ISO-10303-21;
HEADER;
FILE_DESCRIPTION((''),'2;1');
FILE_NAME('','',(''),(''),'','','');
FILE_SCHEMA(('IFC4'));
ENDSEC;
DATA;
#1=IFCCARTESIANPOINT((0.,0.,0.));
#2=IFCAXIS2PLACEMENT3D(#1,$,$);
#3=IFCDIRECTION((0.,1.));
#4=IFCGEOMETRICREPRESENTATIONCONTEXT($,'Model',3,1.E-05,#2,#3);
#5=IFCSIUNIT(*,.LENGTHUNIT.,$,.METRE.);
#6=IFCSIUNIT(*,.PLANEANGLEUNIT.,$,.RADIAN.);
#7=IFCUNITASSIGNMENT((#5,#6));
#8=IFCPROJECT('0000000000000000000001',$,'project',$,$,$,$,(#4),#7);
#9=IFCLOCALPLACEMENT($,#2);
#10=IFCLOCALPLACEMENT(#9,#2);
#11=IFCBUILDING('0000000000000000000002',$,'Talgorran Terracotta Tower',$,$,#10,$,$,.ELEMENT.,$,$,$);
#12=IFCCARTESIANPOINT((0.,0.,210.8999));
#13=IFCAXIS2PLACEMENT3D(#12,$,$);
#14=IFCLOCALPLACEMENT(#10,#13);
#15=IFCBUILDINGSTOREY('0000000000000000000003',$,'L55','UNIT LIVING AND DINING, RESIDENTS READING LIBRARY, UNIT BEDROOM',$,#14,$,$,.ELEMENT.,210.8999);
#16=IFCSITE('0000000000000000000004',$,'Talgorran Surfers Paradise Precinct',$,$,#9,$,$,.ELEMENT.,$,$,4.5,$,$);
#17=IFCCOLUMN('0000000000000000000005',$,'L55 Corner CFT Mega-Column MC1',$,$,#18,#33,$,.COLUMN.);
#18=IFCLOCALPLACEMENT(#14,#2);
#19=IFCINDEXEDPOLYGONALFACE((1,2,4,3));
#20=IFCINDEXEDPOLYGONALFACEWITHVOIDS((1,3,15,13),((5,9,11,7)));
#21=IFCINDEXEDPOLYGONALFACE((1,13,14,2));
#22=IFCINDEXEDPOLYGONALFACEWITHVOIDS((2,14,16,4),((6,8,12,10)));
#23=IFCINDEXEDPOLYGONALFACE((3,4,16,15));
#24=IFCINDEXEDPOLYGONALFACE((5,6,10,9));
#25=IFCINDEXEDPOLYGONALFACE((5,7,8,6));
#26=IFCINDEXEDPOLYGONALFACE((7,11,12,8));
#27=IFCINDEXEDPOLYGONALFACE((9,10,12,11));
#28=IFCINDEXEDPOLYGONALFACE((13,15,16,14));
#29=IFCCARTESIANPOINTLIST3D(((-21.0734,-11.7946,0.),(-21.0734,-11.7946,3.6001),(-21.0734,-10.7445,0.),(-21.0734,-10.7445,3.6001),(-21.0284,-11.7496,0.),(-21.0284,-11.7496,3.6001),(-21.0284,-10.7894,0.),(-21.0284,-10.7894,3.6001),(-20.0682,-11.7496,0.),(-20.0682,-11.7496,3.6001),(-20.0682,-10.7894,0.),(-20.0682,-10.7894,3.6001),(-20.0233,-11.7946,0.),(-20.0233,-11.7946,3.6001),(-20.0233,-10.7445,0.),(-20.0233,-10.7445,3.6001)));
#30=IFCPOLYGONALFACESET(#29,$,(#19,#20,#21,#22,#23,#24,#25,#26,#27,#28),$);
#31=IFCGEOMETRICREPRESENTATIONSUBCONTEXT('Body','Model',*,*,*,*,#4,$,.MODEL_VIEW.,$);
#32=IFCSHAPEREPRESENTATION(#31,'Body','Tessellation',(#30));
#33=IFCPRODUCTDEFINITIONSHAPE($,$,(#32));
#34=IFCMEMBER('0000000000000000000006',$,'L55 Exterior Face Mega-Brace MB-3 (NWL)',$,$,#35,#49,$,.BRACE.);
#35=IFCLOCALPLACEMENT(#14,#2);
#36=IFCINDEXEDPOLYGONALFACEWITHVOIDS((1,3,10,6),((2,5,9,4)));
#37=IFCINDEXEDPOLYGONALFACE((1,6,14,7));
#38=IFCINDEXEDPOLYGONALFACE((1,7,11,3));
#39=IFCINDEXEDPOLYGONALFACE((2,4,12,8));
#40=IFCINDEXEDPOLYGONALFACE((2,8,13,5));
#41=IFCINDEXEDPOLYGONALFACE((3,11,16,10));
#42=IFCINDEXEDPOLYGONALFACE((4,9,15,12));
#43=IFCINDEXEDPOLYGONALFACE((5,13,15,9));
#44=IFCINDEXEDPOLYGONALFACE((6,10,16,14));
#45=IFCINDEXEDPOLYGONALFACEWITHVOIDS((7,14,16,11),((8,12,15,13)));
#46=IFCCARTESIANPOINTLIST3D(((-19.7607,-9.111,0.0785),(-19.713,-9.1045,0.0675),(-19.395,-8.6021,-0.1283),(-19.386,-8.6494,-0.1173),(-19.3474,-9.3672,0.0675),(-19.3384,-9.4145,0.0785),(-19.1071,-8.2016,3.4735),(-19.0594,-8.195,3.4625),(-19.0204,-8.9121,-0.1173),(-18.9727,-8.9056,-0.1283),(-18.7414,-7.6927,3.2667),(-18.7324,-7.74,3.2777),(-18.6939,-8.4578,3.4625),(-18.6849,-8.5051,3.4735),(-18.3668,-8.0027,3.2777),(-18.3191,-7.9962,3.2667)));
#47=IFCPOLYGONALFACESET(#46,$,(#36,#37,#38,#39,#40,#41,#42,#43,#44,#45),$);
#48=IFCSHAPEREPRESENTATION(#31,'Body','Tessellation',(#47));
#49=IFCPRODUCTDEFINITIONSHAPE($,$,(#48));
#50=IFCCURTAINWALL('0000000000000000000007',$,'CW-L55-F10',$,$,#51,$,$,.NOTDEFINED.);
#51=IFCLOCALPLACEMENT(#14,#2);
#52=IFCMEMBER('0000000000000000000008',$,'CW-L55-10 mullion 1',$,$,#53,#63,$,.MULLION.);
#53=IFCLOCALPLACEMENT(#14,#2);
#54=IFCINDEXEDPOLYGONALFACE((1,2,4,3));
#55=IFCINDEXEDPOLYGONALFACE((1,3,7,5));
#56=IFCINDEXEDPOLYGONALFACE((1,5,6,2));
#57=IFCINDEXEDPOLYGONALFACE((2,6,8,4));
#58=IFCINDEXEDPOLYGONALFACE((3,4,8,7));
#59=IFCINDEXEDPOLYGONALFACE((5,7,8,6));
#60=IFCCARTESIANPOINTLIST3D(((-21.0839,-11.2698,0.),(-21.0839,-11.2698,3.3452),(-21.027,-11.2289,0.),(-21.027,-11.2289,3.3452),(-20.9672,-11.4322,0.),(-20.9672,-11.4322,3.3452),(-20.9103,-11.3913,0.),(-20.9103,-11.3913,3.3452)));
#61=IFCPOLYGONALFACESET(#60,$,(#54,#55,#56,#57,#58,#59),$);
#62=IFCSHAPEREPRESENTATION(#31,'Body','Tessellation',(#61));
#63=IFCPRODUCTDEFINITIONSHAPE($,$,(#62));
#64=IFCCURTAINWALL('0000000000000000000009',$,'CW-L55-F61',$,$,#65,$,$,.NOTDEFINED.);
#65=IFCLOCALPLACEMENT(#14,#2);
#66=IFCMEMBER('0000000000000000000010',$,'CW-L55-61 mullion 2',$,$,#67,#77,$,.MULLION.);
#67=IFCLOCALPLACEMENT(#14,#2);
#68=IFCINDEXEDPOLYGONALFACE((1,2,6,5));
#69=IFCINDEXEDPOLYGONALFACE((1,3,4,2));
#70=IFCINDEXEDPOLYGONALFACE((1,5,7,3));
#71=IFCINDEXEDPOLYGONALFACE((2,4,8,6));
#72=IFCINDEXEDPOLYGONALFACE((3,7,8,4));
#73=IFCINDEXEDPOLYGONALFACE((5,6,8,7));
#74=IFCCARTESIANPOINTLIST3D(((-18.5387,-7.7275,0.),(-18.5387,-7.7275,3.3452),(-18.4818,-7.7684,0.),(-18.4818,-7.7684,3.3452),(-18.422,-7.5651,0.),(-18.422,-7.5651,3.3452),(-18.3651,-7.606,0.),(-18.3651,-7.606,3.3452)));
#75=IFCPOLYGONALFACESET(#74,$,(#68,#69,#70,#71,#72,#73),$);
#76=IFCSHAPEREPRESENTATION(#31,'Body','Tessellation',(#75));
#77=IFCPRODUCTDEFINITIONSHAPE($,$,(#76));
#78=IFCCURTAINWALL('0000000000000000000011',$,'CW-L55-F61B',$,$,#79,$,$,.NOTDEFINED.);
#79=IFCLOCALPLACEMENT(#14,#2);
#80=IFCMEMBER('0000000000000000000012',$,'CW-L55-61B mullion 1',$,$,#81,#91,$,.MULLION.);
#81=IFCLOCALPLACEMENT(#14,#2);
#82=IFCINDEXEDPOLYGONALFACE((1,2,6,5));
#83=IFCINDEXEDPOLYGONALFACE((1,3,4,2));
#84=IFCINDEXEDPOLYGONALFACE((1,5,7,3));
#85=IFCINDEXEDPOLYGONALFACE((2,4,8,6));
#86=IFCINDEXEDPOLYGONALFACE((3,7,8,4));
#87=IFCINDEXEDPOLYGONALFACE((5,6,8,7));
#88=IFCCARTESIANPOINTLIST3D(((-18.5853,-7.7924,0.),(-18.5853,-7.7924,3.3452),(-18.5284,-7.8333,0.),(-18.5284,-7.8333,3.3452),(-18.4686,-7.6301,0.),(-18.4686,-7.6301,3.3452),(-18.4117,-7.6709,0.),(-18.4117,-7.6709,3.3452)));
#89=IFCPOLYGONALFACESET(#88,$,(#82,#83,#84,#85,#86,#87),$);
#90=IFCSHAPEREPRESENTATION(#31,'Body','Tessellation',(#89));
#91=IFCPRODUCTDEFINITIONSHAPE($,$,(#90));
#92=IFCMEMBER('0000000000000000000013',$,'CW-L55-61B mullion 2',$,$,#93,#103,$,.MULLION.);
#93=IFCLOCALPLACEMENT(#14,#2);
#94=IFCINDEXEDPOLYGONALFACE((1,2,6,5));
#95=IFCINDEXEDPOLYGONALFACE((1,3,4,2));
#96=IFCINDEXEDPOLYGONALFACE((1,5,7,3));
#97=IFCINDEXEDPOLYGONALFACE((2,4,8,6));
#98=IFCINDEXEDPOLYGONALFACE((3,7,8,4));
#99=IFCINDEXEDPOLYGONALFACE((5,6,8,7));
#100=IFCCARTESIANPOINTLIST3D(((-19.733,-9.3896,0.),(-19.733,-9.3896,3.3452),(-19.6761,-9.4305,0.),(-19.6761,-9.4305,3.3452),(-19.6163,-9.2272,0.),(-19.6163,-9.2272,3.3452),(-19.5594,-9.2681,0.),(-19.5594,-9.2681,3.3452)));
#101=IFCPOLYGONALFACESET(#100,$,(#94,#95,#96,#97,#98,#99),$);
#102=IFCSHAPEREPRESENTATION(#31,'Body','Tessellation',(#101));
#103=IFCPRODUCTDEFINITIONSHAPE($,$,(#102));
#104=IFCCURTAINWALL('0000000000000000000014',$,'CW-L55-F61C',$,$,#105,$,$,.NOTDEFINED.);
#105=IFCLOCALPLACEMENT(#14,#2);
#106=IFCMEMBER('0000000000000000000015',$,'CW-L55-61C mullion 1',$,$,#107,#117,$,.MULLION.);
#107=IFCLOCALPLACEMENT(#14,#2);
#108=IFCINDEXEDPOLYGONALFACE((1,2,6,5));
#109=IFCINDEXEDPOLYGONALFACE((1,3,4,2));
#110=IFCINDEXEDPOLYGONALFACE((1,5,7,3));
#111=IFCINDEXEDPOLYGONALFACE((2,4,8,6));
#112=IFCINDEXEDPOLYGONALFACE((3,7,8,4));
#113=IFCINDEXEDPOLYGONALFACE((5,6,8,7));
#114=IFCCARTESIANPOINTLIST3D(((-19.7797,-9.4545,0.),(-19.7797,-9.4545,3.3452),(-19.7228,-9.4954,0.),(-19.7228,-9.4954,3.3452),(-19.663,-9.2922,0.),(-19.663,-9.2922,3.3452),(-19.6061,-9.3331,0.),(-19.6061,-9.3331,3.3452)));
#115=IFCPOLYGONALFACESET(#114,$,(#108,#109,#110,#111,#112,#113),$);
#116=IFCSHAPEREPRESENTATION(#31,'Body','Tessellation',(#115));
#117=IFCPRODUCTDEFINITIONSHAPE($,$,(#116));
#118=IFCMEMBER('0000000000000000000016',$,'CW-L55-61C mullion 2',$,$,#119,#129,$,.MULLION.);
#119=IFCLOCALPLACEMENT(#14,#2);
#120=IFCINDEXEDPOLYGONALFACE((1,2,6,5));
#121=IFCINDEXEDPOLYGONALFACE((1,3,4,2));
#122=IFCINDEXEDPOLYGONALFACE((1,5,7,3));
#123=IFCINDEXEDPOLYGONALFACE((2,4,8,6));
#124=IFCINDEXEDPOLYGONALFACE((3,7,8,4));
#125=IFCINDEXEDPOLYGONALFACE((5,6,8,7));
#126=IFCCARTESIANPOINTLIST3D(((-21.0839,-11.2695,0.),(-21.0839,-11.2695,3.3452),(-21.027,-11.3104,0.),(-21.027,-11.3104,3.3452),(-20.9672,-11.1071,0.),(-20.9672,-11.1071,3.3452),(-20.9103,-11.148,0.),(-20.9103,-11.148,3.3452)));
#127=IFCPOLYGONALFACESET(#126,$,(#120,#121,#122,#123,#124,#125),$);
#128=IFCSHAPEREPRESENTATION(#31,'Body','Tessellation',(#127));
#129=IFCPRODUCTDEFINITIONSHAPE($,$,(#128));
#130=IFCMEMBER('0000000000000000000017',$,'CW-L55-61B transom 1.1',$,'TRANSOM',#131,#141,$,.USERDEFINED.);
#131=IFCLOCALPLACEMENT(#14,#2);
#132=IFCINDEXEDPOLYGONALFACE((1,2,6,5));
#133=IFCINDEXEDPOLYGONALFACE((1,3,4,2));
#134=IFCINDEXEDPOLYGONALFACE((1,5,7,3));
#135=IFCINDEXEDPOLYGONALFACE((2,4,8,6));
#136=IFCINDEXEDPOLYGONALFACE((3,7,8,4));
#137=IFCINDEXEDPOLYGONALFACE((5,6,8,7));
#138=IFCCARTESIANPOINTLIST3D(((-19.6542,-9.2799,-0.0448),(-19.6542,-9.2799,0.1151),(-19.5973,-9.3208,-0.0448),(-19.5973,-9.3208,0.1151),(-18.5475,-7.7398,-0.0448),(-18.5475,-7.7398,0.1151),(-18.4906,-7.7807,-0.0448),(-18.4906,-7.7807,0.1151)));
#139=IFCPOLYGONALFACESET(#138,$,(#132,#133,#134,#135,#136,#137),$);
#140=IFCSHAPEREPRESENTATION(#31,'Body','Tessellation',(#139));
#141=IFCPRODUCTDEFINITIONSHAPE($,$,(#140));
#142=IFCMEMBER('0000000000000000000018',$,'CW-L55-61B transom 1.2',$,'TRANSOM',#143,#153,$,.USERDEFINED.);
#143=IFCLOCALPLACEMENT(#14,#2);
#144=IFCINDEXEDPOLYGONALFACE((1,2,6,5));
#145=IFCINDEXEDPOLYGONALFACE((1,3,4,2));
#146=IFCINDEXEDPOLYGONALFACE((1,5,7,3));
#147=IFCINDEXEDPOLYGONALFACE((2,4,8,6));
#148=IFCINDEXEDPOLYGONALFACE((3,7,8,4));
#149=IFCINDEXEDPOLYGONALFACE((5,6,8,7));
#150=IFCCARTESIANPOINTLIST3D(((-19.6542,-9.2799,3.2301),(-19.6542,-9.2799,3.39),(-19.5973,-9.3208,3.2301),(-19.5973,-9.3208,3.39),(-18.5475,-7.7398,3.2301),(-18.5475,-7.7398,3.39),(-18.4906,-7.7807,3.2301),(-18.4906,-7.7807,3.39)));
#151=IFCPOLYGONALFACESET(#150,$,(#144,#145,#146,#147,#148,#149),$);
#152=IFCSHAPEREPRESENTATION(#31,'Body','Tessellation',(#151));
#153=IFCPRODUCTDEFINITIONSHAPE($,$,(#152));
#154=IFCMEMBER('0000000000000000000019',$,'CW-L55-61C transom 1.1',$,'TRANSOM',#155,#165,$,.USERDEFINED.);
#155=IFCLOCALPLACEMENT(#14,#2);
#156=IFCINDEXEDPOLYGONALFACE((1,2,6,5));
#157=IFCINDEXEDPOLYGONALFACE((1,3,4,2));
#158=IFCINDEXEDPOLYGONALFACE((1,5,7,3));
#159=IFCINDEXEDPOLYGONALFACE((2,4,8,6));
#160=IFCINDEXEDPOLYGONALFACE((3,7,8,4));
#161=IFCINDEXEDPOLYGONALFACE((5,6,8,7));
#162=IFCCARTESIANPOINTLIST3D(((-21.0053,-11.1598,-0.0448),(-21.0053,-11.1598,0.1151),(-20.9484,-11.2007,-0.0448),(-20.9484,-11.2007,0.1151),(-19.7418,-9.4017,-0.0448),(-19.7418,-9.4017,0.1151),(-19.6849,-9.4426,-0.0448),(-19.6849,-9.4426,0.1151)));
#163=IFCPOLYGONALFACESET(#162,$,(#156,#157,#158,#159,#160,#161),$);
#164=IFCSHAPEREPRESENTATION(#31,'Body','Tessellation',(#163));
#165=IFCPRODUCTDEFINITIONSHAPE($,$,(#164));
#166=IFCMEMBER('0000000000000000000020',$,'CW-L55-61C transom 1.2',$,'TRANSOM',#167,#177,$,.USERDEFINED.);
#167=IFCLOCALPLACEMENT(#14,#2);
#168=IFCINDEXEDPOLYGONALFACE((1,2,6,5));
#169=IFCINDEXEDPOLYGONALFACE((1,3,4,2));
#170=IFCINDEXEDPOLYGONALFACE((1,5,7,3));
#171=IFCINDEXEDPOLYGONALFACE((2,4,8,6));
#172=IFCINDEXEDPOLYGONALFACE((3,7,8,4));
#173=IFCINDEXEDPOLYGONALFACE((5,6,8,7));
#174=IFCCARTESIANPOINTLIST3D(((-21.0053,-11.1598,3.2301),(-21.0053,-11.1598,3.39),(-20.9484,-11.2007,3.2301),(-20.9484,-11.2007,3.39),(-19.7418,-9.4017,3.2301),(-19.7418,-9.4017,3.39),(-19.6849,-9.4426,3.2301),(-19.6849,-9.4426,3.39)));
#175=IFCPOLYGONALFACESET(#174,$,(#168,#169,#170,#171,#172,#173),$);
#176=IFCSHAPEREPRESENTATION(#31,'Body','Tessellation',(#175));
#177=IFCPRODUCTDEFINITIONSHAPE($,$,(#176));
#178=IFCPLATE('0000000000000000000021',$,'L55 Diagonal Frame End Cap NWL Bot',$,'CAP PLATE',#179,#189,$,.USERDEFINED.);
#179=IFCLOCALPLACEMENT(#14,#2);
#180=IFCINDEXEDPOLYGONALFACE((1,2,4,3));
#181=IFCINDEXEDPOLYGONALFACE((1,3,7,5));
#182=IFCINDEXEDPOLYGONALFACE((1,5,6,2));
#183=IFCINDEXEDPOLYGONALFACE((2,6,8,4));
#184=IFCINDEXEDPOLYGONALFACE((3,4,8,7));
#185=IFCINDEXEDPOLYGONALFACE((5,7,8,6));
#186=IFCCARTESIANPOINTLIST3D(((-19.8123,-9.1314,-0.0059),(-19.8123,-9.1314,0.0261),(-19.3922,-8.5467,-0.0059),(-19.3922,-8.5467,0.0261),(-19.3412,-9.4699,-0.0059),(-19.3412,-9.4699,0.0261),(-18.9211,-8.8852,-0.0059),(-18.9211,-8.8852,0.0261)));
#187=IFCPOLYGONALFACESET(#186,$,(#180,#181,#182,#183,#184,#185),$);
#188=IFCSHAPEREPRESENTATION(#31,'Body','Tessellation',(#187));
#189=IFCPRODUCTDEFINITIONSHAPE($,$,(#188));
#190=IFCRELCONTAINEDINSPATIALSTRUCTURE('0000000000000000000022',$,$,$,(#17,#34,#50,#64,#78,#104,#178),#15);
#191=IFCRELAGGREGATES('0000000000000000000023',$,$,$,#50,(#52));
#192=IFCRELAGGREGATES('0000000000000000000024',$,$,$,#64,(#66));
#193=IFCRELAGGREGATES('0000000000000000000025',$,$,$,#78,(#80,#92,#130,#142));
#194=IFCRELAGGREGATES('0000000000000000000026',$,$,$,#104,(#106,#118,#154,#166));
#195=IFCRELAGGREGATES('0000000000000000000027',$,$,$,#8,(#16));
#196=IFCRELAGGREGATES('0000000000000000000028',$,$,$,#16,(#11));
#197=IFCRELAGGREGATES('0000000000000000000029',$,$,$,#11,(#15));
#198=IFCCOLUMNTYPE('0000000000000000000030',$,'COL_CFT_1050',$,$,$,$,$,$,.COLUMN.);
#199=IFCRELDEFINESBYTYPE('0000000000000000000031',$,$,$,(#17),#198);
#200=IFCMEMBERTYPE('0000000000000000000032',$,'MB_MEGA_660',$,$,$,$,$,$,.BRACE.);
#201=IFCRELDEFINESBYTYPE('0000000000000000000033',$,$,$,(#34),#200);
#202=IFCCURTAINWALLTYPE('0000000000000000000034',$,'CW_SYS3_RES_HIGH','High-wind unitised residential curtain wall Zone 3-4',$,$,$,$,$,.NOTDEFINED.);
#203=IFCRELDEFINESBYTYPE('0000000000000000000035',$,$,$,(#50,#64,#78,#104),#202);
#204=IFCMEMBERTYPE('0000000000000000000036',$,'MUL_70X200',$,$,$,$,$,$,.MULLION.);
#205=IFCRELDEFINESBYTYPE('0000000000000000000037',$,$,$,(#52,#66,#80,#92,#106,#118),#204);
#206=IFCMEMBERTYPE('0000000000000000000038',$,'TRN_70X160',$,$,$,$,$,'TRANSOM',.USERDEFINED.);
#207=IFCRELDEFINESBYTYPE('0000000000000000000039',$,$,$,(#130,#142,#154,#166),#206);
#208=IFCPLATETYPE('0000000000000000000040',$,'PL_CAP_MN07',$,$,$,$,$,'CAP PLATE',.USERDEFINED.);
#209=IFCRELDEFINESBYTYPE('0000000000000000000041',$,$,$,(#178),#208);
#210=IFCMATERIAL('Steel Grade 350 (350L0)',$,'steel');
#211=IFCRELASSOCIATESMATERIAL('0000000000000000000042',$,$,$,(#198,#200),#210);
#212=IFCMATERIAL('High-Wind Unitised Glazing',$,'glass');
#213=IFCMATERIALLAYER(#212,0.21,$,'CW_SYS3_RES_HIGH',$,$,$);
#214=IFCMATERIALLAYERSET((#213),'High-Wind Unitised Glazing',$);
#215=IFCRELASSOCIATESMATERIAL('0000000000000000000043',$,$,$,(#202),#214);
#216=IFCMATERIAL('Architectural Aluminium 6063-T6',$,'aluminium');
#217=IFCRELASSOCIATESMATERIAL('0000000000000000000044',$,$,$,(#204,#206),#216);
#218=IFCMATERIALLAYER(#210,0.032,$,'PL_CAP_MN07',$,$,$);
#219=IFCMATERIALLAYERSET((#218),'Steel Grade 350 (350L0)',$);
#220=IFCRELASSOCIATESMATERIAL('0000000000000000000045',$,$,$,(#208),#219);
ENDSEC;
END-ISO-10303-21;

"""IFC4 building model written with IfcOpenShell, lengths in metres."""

from ifc_helpers import new_model, si_unit, direction, frame, origin, origin_2d, place, context, subcontext, project, spatial, rectangle, hollow_rectangle, extrude, material, layer, layer_set, material_profile, profile_set, type_object, element, aggregate, save


model = new_model("IFC4")

# Units and contexts
model_context = context("Model", 3, precision=1e-05, world=origin(), true_north=direction((0.0, 1.0)))
body_context = subcontext(model_context, "Body", "Model", "MODEL_VIEW")
ifc_project = project(units=[si_unit("LENGTHUNIT", "METRE"), si_unit("PLANEANGLEUNIT", "RADIAN")], contexts=[model_context])

# Site, building, storey
site_placement = place(None, origin())
site = spatial("IfcSite", under=ifc_project, at=site_placement, Name="Talgorran Surfers Paradise Precinct", CompositionType="ELEMENT", RefElevation=4.5)
building_placement = place(site_placement, origin())
building = spatial("IfcBuilding", under=site, at=building_placement, Name="Talgorran Terracotta Tower", CompositionType="ELEMENT")
storey_placement = place(building_placement, frame((0.0, 0.0, 210.8999)))
storey = spatial("IfcBuildingStorey", under=building, at=storey_placement, Name="L55", Description="UNIT LIVING AND DINING, RESIDENTS READING LIBRARY, UNIT BEDROOM", CompositionType="ELEMENT", Elevation=210.8999)

# Column
ifc_material_1 = material(Name="Steel Grade 350 (350L0)", Category="steel")
ifc_material_profile_1 = material_profile(ifc_material_1, hollow_rectangle(XDim=1.05, YDim=1.05, WallThickness=0.0449, at=origin_2d()), Name="CFT1050X1050X45")
ifc_profile_set_1 = profile_set([ifc_material_profile_1], Name="Steel Grade 350 (350L0)")
column_type = type_object("IfcColumnType", Name="COL_CFT_1050", PredefinedType="COLUMN", material=ifc_profile_set_1)
column_placement = place(storey_placement, frame((-20.5483, -11.2695, 0.0), z_axis=(0.0, 0.0, 1.0), x_axis=(1.0, 0.0, 0.0)))
element("IfcColumn", 1, at=column_placement, inside=storey, type_object=column_type, Name="L55 Corner CFT Mega-Column MC1", PredefinedType="COLUMN", context=body_context, shape_type="SweptSolid", body=[
    extrude(hollow_rectangle(XDim=1.05, YDim=1.05, WallThickness=0.0449, at=origin_2d()), origin(), (0.0, 0.0, 1.0), 3.6001),
])

# Member
ifc_material_profile_2 = material_profile(ifc_material_1, hollow_rectangle(XDim=0.52, YDim=0.6599, WallThickness=0.0349, at=origin_2d()), Name="WBOX660X520X35")
ifc_profile_set_2 = profile_set([ifc_material_profile_2], Name="Steel Grade 350 (350L0)")
member_type_1 = type_object("IfcMemberType", Name="MB_MEGA_660", PredefinedType="BRACE", material=ifc_profile_set_2)
member_1_placement = place(storey_placement, frame((-19.3667, -9.0083, -0.0249), z_axis=(0.182817, 0.254387, 0.949666), x_axis=(-0.812051, 0.583587, 0.0)))
element("IfcMember", 2, at=member_1_placement, inside=storey, type_object=member_type_1, Name="L55 Exterior Face Mega-Brace MB-3 (NWL)", PredefinedType="BRACE", context=body_context, shape_type="SweptSolid", body=[
    extrude(hollow_rectangle(XDim=0.52, YDim=0.6599, WallThickness=0.0349, at=origin_2d()), origin(), (0.0, 0.0, 1.0), 3.575),
])

# Curtain walls, members
ifc_material_2 = material(Name="High-Wind Unitised Glazing", Category="glass")
ifc_layer_1 = layer(ifc_material_2, 0.21, Name="CW_SYS3_RES_HIGH")
ifc_layer_set_1 = layer_set([ifc_layer_1], Name="High-Wind Unitised Glazing")
curtain_wall_type = type_object("IfcCurtainWallType", Name="CW_SYS3_RES_HIGH", Description="High-wind unitised residential curtain wall Zone 3-4", PredefinedType="NOTDEFINED", material=ifc_layer_set_1)
curtain_wall_1_placement = place(storey_placement, origin())
curtain_wall_1 = element("IfcCurtainWall", 3, at=curtain_wall_1_placement, inside=storey, type_object=curtain_wall_type, Name="CW-L55-F10", PredefinedType="NOTDEFINED")
ifc_material_3 = material(Name="Architectural Aluminium 6063-T6", Category="aluminium")
ifc_material_profile_3 = material_profile(ifc_material_3, rectangle(XDim=0.0701, YDim=0.2, at=origin_2d()), Name="CWM70X200")
ifc_profile_set_3 = profile_set([ifc_material_profile_3], Name="Architectural Aluminium 6063-T6")
member_type_2 = type_object("IfcMemberType", Name="MUL_70X200", PredefinedType="MULLION", material=ifc_profile_set_3)
member_2_placement = place(storey_placement, frame((-20.9971, -11.3306, 0.0), z_axis=(0.0, 0.0, 1.0), x_axis=(0.812078, 0.583549, 0.0)))
member_2 = element("IfcMember", 4, at=member_2_placement, type_object=member_type_2, Name="CW-L55-10 mullion 1", PredefinedType="MULLION", context=body_context, shape_type="SweptSolid", body=[
    extrude(rectangle(XDim=0.0701, YDim=0.2, at=origin_2d()), origin(), (0.0, 0.0, 1.0), 3.3452),
])
aggregate(curtain_wall_1, [member_2])
curtain_wall_2_placement = place(storey_placement, origin())
curtain_wall_2 = element("IfcCurtainWall", 5, at=curtain_wall_2_placement, inside=storey, type_object=curtain_wall_type, Name="CW-L55-F61", PredefinedType="NOTDEFINED")
member_3_placement = place(storey_placement, frame((-18.4519, -7.6667, 0.0), z_axis=(0.0, 0.0, 1.0), x_axis=(0.812076, -0.583552, 0.0)))
member_3 = element("IfcMember", 6, at=member_3_placement, type_object=member_type_2, Name="CW-L55-61 mullion 2", PredefinedType="MULLION", context=body_context, shape_type="SweptSolid", body=[
    extrude(rectangle(XDim=0.0701, YDim=0.2, at=origin_2d()), origin(), (0.0, 0.0, 1.0), 3.3452),
])
aggregate(curtain_wall_2, [member_3])

# Curtain walls, members
curtain_wall_3_placement = place(storey_placement, origin())
curtain_wall_3 = element("IfcCurtainWall", 7, at=curtain_wall_3_placement, inside=storey, type_object=curtain_wall_type, Name="CW-L55-F61B", PredefinedType="NOTDEFINED")
member_4_placement = place(storey_placement, frame((-18.4985, -7.7317, 0.0), z_axis=(0.0, 0.0, 1.0), x_axis=(0.812071, -0.583558, 0.0)))
member_4 = element("IfcMember", 8, at=member_4_placement, type_object=member_type_2, Name="CW-L55-61B mullion 1", PredefinedType="MULLION", context=body_context, shape_type="SweptSolid", body=[
    extrude(rectangle(XDim=0.0701, YDim=0.2, at=origin_2d()), origin(), (0.0, 0.0, 1.0), 3.3452),
])
member_5_placement = place(storey_placement, frame((-19.6462, -9.3289, 0.0), z_axis=(0.0, 0.0, 1.0), x_axis=(0.812071, -0.583558, 0.0)))
member_5 = element("IfcMember", 9, at=member_5_placement, type_object=member_type_2, Name="CW-L55-61B mullion 2", PredefinedType="MULLION", context=body_context, shape_type="SweptSolid", body=[
    extrude(rectangle(XDim=0.0701, YDim=0.2, at=origin_2d()), origin(), (0.0, 0.0, 1.0), 3.3452),
])
curtain_wall_4_placement = place(storey_placement, origin())
curtain_wall_4 = element("IfcCurtainWall", 10, at=curtain_wall_4_placement, inside=storey, type_object=curtain_wall_type, Name="CW-L55-F61C", PredefinedType="NOTDEFINED")
member_6_placement = place(storey_placement, frame((-19.6929, -9.3938, 0.0), z_axis=(0.0, 0.0, 1.0), x_axis=(0.812068, -0.583563, 0.0)))
member_6 = element("IfcMember", 11, at=member_6_placement, type_object=member_type_2, Name="CW-L55-61C mullion 1", PredefinedType="MULLION", context=body_context, shape_type="SweptSolid", body=[
    extrude(rectangle(XDim=0.0701, YDim=0.2, at=origin_2d()), origin(), (0.0, 0.0, 1.0), 3.3452),
])
member_7_placement = place(storey_placement, frame((-20.9971, -11.2087, 0.0), z_axis=(0.0, 0.0, 1.0), x_axis=(0.812068, -0.583563, 0.0)))
member_7 = element("IfcMember", 12, at=member_7_placement, type_object=member_type_2, Name="CW-L55-61C mullion 2", PredefinedType="MULLION", context=body_context, shape_type="SweptSolid", body=[
    extrude(rectangle(XDim=0.0701, YDim=0.2, at=origin_2d()), origin(), (0.0, 0.0, 1.0), 3.3452),
])

# Members
ifc_material_profile_4 = material_profile(ifc_material_3, rectangle(XDim=0.0701, YDim=0.1599, at=origin_2d()), Name="CWT70X160")
ifc_profile_set_4 = profile_set([ifc_material_profile_4], Name="Architectural Aluminium 6063-T6")
member_type_3 = type_object("IfcMemberType", Name="TRN_70X160", ElementType="TRANSOM", PredefinedType="USERDEFINED", material=ifc_profile_set_4)
member_8_placement = place(storey_placement, frame((-18.519, -7.7603, 0.0352), z_axis=(-0.583562, -0.812069, 0.0), x_axis=(0.812069, -0.583562, 0.0)))
member_8 = element("IfcMember", 13, at=member_8_placement, type_object=member_type_3, Name="CW-L55-61B transom 1.1", ObjectType="TRANSOM", PredefinedType="USERDEFINED", context=body_context, shape_type="SweptSolid", body=[
    extrude(rectangle(XDim=0.0701, YDim=0.1599, at=origin_2d()), origin(), (0.0, 0.0, 1.0), 1.8965),
])
member_9_placement = place(storey_placement, frame((-18.519, -7.7603, 3.3101), z_axis=(-0.583562, -0.812069, 0.0), x_axis=(0.812069, -0.583562, 0.0)))
member_9 = element("IfcMember", 14, at=member_9_placement, type_object=member_type_3, Name="CW-L55-61B transom 1.2", ObjectType="TRANSOM", PredefinedType="USERDEFINED", context=body_context, shape_type="SweptSolid", body=[
    extrude(rectangle(XDim=0.0701, YDim=0.1599, at=origin_2d()), origin(), (0.0, 0.0, 1.0), 1.8965),
])
member_10_placement = place(storey_placement, frame((-19.7134, -9.4221, 0.0352), z_axis=(-0.583583, -0.812054, 0.0), x_axis=(0.812054, -0.583583, 0.0)))
member_10 = element("IfcMember", 15, at=member_10_placement, type_object=member_type_3, Name="CW-L55-61C transom 1.1", ObjectType="TRANSOM", PredefinedType="USERDEFINED", context=body_context, shape_type="SweptSolid", body=[
    extrude(rectangle(XDim=0.0701, YDim=0.1599, at=origin_2d()), origin(), (0.0, 0.0, 1.0), 2.165),
])
member_11_placement = place(storey_placement, frame((-19.7134, -9.4221, 3.3101), z_axis=(-0.583583, -0.812054, 0.0), x_axis=(0.812054, -0.583583, 0.0)))
member_11 = element("IfcMember", 16, at=member_11_placement, type_object=member_type_3, Name="CW-L55-61C transom 1.2", ObjectType="TRANSOM", PredefinedType="USERDEFINED", context=body_context, shape_type="SweptSolid", body=[
    extrude(rectangle(XDim=0.0701, YDim=0.1599, at=origin_2d()), origin(), (0.0, 0.0, 1.0), 2.165),
])

# Plate
ifc_layer_2 = layer(ifc_material_1, 0.032, Name="PL_CAP_MN07")
ifc_layer_set_2 = layer_set([ifc_layer_2], Name="Steel Grade 350 (350L0)")
plate_type_1 = type_object("IfcPlateType", Name="PL_CAP_MN07", ElementType="CAP PLATE", PredefinedType="USERDEFINED", material=ifc_layer_set_2)
for number, where, z_axis, x_axis, name in (
    (17, (-19.3667, -9.0083, -0.0059), (0.0, 0.0, 1.0), (0.583541, 0.812084, 0.0), "L55 Diagonal Frame End Cap NWL Bot"),
):
    element("IfcPlate", number, at=place(storey_placement, frame(where, z_axis=z_axis, x_axis=x_axis)), inside=storey, type_object=plate_type_1, Name=name, ObjectType="CAP PLATE", PredefinedType="USERDEFINED", context=body_context, shape_type="SweptSolid", body=[
        extrude(rectangle(XDim=0.72, YDim=0.5801, at=origin_2d()), origin(), (0.0, 0.0, 1.0), 0.032),
    ])

aggregate(curtain_wall_3, [member_4, member_5, member_8, member_9])
aggregate(curtain_wall_4, [member_6, member_7, member_10, member_11])

save(model, "model.ifc")
